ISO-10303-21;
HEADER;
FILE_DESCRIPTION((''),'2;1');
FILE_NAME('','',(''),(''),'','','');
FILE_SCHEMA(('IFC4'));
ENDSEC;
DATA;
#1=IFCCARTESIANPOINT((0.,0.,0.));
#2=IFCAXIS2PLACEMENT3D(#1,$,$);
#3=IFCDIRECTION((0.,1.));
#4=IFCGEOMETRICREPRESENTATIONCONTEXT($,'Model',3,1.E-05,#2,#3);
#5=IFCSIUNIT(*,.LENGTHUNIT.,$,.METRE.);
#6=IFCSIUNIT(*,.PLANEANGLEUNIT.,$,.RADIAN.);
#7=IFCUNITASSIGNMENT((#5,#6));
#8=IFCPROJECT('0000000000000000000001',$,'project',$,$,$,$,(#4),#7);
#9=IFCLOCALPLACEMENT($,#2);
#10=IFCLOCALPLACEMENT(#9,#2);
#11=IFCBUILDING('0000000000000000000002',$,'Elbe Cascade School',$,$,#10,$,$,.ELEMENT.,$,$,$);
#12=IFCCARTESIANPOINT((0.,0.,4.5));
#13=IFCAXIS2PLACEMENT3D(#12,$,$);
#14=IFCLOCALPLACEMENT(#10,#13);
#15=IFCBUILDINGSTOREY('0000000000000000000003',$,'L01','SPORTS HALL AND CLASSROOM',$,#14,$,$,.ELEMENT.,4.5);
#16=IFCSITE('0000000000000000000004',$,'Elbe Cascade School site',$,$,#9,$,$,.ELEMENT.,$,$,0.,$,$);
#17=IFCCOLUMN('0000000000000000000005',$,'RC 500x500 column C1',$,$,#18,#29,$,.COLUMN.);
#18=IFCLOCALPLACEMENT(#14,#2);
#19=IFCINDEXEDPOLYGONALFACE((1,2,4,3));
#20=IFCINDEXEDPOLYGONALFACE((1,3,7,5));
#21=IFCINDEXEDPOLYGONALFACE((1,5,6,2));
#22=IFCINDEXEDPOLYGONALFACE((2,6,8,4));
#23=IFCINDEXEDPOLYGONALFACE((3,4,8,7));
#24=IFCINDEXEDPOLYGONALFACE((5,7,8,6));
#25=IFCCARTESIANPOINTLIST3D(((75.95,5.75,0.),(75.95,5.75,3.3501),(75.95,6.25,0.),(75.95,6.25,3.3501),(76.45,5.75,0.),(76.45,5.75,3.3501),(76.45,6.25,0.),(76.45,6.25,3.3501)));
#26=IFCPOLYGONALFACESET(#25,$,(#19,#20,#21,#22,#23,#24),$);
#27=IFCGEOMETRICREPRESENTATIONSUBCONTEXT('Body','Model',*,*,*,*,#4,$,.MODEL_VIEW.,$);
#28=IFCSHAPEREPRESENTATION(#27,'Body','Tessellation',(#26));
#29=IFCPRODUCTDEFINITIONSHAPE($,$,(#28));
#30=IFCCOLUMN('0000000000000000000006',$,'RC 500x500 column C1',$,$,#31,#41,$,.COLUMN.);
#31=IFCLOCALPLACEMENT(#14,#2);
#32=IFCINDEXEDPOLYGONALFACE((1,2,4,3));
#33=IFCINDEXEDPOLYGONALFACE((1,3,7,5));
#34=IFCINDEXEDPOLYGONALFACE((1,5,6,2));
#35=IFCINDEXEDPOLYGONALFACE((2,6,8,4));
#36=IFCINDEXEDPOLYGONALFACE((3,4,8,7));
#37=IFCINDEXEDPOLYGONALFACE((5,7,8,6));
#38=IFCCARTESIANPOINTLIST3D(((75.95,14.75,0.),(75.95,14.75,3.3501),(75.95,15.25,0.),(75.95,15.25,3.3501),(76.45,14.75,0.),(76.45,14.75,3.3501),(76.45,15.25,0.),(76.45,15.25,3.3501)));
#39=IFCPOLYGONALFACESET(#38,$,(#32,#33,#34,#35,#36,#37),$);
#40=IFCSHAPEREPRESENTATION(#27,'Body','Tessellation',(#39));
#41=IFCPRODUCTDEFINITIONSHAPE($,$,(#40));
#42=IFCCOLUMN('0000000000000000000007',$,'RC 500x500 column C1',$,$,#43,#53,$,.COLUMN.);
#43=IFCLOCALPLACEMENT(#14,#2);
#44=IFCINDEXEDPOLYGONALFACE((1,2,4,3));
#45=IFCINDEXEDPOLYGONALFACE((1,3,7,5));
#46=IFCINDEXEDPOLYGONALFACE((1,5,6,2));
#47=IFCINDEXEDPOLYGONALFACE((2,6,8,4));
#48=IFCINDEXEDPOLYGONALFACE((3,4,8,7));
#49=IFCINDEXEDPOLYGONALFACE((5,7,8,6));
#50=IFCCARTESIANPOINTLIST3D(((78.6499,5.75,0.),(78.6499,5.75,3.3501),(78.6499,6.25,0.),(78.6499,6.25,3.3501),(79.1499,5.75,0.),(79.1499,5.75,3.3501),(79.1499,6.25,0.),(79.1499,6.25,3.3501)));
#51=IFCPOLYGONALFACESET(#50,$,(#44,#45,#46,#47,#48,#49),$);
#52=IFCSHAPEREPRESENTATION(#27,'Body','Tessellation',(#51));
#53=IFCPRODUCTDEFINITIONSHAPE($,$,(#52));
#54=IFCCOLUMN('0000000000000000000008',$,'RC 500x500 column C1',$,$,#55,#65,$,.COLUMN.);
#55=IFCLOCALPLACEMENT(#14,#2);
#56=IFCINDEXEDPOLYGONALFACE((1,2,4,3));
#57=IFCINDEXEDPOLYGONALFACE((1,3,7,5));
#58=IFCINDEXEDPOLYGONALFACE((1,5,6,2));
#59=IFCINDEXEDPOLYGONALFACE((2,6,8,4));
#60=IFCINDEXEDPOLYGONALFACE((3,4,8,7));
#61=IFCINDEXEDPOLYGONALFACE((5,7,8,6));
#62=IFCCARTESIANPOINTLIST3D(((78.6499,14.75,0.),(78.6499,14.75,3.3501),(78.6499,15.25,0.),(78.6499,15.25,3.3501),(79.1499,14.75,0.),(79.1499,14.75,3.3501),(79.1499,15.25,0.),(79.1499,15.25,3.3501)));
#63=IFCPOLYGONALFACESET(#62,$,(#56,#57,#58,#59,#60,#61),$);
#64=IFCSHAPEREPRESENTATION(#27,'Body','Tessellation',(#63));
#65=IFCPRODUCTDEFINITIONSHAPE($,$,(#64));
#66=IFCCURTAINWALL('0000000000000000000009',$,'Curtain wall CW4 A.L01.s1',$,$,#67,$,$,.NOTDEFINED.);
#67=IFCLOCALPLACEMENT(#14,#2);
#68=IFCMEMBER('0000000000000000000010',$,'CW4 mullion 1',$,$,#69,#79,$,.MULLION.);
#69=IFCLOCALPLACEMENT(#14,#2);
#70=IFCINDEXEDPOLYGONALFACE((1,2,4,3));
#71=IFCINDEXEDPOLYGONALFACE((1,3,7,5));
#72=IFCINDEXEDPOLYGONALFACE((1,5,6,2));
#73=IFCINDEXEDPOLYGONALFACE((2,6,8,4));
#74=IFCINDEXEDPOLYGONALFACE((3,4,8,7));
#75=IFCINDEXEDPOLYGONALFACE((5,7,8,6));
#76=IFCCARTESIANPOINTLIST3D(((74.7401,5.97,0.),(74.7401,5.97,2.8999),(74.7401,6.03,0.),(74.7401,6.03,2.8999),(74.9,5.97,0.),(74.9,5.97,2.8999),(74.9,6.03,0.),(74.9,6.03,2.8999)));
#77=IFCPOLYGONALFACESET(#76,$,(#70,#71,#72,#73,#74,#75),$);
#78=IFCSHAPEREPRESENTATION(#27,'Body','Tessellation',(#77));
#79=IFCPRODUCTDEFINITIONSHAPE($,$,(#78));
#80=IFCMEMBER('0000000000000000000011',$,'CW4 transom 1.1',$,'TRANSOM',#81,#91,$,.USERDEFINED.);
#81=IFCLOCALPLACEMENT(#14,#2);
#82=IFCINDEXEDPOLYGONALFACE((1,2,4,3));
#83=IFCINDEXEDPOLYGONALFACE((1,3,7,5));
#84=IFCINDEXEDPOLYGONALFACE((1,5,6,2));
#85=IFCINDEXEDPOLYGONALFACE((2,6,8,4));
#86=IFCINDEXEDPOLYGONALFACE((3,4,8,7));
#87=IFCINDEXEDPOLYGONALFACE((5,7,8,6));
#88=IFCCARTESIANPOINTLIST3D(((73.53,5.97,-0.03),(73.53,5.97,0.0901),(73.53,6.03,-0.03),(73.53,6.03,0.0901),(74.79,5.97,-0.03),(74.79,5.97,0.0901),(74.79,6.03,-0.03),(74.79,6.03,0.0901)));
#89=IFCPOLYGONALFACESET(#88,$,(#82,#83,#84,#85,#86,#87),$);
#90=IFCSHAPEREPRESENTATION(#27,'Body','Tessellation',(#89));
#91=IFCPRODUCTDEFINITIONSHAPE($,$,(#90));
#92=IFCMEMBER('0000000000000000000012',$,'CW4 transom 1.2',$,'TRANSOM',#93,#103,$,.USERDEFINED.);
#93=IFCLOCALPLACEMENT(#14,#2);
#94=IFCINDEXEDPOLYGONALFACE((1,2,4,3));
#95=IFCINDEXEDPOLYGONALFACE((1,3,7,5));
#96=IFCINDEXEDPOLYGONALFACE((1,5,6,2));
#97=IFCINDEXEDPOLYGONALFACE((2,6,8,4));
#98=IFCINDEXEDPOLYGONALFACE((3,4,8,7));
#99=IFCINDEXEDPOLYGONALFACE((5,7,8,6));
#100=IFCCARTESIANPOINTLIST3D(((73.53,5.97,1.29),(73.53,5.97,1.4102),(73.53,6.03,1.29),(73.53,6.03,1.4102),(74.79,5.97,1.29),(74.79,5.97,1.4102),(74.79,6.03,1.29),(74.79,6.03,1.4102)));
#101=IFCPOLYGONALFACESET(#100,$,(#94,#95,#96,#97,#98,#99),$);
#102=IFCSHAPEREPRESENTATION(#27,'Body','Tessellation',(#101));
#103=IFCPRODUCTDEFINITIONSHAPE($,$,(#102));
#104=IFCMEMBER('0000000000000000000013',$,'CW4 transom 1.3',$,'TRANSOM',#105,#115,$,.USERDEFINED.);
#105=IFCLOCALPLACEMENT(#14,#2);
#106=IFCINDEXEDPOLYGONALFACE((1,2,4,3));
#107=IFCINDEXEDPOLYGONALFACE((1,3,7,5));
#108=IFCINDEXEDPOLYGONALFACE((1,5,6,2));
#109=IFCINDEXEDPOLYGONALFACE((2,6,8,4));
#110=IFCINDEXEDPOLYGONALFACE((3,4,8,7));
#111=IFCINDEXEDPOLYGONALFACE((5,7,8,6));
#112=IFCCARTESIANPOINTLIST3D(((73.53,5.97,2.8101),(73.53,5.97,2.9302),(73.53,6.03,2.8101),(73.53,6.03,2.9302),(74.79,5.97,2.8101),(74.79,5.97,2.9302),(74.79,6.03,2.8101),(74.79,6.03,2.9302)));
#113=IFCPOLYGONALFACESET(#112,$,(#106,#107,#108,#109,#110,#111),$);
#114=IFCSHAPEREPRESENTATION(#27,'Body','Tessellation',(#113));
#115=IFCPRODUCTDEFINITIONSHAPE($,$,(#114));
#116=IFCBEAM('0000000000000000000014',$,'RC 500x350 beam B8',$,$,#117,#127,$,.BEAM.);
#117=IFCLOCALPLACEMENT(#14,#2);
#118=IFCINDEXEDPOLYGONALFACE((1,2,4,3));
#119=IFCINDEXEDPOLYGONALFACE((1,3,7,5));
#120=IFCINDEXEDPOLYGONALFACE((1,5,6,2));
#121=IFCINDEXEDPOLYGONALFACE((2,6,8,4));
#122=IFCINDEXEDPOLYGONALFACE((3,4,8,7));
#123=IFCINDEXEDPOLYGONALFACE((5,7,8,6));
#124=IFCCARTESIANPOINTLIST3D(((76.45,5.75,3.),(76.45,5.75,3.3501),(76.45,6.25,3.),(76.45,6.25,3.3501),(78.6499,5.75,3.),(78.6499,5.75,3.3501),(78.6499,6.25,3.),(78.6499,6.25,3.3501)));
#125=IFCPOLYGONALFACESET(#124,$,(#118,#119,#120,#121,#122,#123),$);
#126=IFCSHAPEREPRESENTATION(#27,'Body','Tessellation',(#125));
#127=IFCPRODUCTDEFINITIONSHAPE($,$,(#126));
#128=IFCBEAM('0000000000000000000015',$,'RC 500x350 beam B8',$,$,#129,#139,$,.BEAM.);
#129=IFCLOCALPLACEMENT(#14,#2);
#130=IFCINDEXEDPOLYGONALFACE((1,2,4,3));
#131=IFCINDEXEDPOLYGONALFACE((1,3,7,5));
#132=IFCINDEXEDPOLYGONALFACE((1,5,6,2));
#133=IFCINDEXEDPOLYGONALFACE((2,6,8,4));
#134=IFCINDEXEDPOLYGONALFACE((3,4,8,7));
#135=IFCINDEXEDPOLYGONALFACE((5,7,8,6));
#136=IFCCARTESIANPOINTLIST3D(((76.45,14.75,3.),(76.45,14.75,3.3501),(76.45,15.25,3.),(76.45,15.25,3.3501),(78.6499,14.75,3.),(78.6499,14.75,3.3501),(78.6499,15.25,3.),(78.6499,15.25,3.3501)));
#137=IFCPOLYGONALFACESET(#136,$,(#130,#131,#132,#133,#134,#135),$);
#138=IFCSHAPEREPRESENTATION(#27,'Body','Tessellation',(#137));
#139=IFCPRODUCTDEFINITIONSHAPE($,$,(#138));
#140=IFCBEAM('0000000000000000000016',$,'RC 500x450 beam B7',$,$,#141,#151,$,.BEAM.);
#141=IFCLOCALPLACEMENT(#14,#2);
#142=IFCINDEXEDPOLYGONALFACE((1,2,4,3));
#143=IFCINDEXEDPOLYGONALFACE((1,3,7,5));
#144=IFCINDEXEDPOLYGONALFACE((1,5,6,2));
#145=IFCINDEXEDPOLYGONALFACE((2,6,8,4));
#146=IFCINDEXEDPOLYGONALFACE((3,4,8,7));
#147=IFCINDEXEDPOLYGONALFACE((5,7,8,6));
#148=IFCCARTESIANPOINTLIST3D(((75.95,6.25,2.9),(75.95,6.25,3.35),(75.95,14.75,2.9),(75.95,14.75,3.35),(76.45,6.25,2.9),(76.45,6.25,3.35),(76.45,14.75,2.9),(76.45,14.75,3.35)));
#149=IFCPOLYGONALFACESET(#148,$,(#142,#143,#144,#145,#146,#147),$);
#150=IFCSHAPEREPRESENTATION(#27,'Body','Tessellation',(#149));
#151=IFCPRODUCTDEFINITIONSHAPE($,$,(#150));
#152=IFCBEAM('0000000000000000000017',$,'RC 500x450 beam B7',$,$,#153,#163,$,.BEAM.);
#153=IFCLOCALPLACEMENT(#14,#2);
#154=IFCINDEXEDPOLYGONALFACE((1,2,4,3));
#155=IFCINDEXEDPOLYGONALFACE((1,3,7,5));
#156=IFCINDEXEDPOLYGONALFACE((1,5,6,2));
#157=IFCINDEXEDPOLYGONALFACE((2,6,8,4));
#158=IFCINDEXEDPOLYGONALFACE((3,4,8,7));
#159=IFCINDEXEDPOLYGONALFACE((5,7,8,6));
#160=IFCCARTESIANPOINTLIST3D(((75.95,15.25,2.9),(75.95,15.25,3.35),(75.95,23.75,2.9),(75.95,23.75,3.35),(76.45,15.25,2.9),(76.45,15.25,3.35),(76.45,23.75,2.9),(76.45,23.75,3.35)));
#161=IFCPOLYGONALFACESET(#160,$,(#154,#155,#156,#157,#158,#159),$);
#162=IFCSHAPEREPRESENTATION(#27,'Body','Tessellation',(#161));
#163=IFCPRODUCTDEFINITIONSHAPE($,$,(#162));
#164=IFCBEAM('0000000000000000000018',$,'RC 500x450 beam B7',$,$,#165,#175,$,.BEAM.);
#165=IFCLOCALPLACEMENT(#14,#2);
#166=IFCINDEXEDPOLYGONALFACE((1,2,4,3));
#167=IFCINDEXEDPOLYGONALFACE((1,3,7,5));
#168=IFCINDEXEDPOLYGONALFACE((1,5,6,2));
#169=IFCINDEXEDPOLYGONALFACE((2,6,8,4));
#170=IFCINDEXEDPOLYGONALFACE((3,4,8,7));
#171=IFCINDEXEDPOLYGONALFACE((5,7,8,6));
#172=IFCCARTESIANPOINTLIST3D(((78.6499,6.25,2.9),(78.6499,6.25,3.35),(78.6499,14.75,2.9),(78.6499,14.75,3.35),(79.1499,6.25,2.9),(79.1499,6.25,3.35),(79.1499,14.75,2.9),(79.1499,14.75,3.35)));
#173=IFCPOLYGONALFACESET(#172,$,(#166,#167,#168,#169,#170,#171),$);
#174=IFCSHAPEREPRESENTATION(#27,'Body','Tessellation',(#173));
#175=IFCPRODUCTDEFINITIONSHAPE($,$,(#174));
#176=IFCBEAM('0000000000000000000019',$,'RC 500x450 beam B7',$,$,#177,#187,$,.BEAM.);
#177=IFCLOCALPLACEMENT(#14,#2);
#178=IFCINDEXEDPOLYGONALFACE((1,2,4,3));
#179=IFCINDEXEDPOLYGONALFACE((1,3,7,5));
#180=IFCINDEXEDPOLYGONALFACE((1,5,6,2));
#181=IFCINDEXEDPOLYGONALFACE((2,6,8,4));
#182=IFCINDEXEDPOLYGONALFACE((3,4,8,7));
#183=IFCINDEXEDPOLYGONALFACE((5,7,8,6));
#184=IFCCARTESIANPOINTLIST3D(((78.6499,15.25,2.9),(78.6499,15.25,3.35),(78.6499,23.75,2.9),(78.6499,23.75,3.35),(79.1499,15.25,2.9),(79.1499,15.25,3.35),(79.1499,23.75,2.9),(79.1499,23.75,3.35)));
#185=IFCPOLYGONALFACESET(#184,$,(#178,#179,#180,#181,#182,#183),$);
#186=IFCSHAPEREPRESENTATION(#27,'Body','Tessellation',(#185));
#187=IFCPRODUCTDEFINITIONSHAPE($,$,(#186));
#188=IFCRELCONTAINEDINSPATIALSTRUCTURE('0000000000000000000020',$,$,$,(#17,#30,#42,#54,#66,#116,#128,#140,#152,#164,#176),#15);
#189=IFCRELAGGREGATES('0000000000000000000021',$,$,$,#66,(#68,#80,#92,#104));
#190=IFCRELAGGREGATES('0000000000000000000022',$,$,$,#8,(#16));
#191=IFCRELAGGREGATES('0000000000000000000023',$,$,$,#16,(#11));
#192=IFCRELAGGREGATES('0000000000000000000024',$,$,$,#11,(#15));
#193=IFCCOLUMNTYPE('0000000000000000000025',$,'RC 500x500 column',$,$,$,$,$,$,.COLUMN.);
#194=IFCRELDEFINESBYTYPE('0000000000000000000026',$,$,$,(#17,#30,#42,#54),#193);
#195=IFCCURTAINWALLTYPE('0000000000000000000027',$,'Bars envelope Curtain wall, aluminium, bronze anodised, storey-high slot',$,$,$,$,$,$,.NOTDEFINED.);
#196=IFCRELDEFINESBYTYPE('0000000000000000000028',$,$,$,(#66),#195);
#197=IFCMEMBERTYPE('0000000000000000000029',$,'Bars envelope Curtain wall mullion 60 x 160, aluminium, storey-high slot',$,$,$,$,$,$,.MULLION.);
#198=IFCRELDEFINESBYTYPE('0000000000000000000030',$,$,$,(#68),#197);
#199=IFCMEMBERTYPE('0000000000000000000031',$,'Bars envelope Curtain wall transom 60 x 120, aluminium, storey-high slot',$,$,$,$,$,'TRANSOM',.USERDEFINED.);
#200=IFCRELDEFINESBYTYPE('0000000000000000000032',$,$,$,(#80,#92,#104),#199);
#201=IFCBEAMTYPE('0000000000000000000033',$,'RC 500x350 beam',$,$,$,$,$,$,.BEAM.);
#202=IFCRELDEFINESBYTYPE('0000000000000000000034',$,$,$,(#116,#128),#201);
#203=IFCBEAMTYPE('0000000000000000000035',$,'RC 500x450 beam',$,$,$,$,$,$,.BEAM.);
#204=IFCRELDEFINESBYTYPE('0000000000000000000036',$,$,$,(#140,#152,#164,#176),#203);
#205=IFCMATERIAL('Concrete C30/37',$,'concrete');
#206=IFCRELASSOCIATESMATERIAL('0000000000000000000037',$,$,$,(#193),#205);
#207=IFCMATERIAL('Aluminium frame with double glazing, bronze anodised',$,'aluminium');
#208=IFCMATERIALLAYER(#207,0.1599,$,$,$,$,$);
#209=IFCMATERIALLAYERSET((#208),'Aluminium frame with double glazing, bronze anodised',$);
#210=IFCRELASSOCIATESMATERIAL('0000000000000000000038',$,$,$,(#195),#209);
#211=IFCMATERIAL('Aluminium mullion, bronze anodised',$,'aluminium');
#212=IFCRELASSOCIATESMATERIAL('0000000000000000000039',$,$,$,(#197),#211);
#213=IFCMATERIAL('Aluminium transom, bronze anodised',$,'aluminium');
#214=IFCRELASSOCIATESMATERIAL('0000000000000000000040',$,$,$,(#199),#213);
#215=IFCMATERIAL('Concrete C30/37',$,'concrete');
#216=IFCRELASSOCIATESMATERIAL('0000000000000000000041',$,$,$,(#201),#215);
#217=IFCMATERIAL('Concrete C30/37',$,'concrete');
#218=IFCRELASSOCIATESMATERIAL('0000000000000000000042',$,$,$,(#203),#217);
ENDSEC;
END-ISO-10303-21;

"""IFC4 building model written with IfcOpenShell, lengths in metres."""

from ifc_helpers import new_model, si_unit, direction, frame, origin, origin_2d, place, context, subcontext, project, spatial, rectangle, extrude, material, layer, layer_set, material_profile, profile_set, type_object, element, aggregate, save


model = new_model("IFC4")

# Units and contexts
model_context = context("Model", 3, precision=1e-05, world=origin(), true_north=direction((0.0, 1.0)))
body_context = subcontext(model_context, "Body", "Model", "MODEL_VIEW")
ifc_project = project(units=[si_unit("LENGTHUNIT", "METRE"), si_unit("PLANEANGLEUNIT", "RADIAN")], contexts=[model_context])

# Site, building, storey
site_placement = place(None, origin())
site = spatial("IfcSite", under=ifc_project, at=site_placement, Name="Elbe Cascade School site", CompositionType="ELEMENT", RefElevation=0.0)
building_placement = place(site_placement, origin())
building = spatial("IfcBuilding", under=site, at=building_placement, Name="Elbe Cascade School", CompositionType="ELEMENT")
storey_placement = place(building_placement, frame((0.0, 0.0, 4.5)))
storey = spatial("IfcBuildingStorey", under=building, at=storey_placement, Name="L01", Description="SPORTS HALL AND CLASSROOM", CompositionType="ELEMENT", Elevation=4.5)

# Columns
ifc_material_1 = material(Name="Concrete C30/37", Category="concrete")
ifc_material_profile_1 = material_profile(ifc_material_1, rectangle(XDim=0.5, YDim=0.5, at=origin_2d()), Name="RC 500x500")
ifc_profile_set_1 = profile_set([ifc_material_profile_1], Name="Concrete C30/37")
column_type = type_object("IfcColumnType", Name="RC 500x500 column", PredefinedType="COLUMN", material=ifc_profile_set_1)
for number, where, z_axis, x_axis, name in (
    (1, (76.2, 6.0, 0.0), (0.0, 0.0, 1.0), (1.0, 0.0, 0.0), "RC 500x500 column C1"),
    (2, (76.2, 15.0, 0.0), (0.0, 0.0, 1.0), (1.0, 0.0, 0.0), "RC 500x500 column C1"),
    (3, (78.8999, 6.0, 0.0), (0.0, 0.0, 1.0), (1.0, 0.0, 0.0), "RC 500x500 column C1"),
    (4, (78.8999, 15.0, 0.0), (0.0, 0.0, 1.0), (1.0, 0.0, 0.0), "RC 500x500 column C1"),
):
    element("IfcColumn", number, at=place(storey_placement, frame(where, z_axis=z_axis, x_axis=x_axis)), inside=storey, type_object=column_type, Name=name, PredefinedType="COLUMN", context=body_context, shape_type="SweptSolid", body=[
        extrude(rectangle(XDim=0.5, YDim=0.5, at=origin_2d()), origin(), (0.0, 0.0, 1.0), 3.3501),
    ])

# Curtain wall, members
ifc_material_2 = material(Name="Aluminium frame with double glazing, bronze anodised", Category="aluminium")
ifc_layer_1 = layer(ifc_material_2, 0.1599)
ifc_layer_set_1 = layer_set([ifc_layer_1], Name="Aluminium frame with double glazing, bronze anodised")
curtain_wall_type = type_object("IfcCurtainWallType", Name="Bars envelope Curtain wall, aluminium, bronze anodised, storey-high slot", PredefinedType="NOTDEFINED", material=ifc_layer_set_1)
curtain_wall_placement = place(storey_placement, origin())
curtain_wall = element("IfcCurtainWall", 5, at=curtain_wall_placement, inside=storey, type_object=curtain_wall_type, Name="Curtain wall CW4 A.L01.s1", PredefinedType="NOTDEFINED")
ifc_material_3 = material(Name="Aluminium mullion, bronze anodised", Category="aluminium")
ifc_material_profile_2 = material_profile(ifc_material_3, rectangle(XDim=0.0601, YDim=0.1599, at=origin_2d()), Name="Bars envelope Curtain wall mullion 60 x 160, aluminium, storey-high slot")
ifc_profile_set_2 = profile_set([ifc_material_profile_2], Name="Aluminium mullion, bronze anodised")
member_type_1 = type_object("IfcMemberType", Name="Bars envelope Curtain wall mullion 60 x 160, aluminium, storey-high slot", PredefinedType="MULLION", material=ifc_profile_set_2)
member_1_placement = place(storey_placement, frame((74.8201, 6.0, 0.0), z_axis=(0.0, 0.0, 1.0), x_axis=(0.0, -1.0, 0.0)))
member_1 = element("IfcMember", 6, at=member_1_placement, type_object=member_type_1, Name="CW4 mullion 1", PredefinedType="MULLION", context=body_context, shape_type="SweptSolid", body=[
    extrude(rectangle(XDim=0.0601, YDim=0.1599, at=origin_2d()), origin(), (0.0, 0.0, 1.0), 2.8999),
])
ifc_material_4 = material(Name="Aluminium transom, bronze anodised", Category="aluminium")
ifc_material_profile_3 = material_profile(ifc_material_4, rectangle(XDim=0.0601, YDim=0.1201, at=origin_2d()), Name="Bars envelope Curtain wall transom 60 x 120, aluminium, storey-high slot")
ifc_profile_set_3 = profile_set([ifc_material_profile_3], Name="Aluminium transom, bronze anodised")
member_type_2 = type_object("IfcMemberType", Name="Bars envelope Curtain wall transom 60 x 120, aluminium, storey-high slot", ElementType="TRANSOM", PredefinedType="USERDEFINED", material=ifc_profile_set_3)
member_2_placement = place(storey_placement, frame((74.79, 6.0, 0.03), z_axis=(-1.0, 0.0, 0.0), x_axis=(0.0, -1.0, 0.0)))
member_2 = element("IfcMember", 7, at=member_2_placement, type_object=member_type_2, Name="CW4 transom 1.1", ObjectType="TRANSOM", PredefinedType="USERDEFINED", context=body_context, shape_type="SweptSolid", body=[
    extrude(rectangle(XDim=0.0601, YDim=0.1201, at=origin_2d()), origin(), (0.0, 0.0, 1.0), 1.26),
])
member_3_placement = place(storey_placement, frame((74.79, 6.0, 1.3501), z_axis=(-1.0, 0.0, 0.0), x_axis=(0.0, -1.0, 0.0)))
member_3 = element("IfcMember", 8, at=member_3_placement, type_object=member_type_2, Name="CW4 transom 1.2", ObjectType="TRANSOM", PredefinedType="USERDEFINED", context=body_context, shape_type="SweptSolid", body=[
    extrude(rectangle(XDim=0.0601, YDim=0.1201, at=origin_2d()), origin(), (0.0, 0.0, 1.0), 1.26),
])
member_4_placement = place(storey_placement, frame((74.79, 6.0, 2.8701), z_axis=(-1.0, 0.0, 0.0), x_axis=(0.0, -1.0, 0.0)))
member_4 = element("IfcMember", 9, at=member_4_placement, type_object=member_type_2, Name="CW4 transom 1.3", ObjectType="TRANSOM", PredefinedType="USERDEFINED", context=body_context, shape_type="SweptSolid", body=[
    extrude(rectangle(XDim=0.0601, YDim=0.1201, at=origin_2d()), origin(), (0.0, 0.0, 1.0), 1.26),
])
aggregate(curtain_wall, [member_1, member_2, member_3, member_4])

# Beams
ifc_material_5 = material(Name="Concrete C30/37", Category="concrete")
ifc_material_profile_4 = material_profile(ifc_material_5, rectangle(XDim=0.5, YDim=0.3501, at=origin_2d()), Name="RC 500x350")
ifc_profile_set_4 = profile_set([ifc_material_profile_4], Name="Concrete C30/37")
beam_type_1 = type_object("IfcBeamType", Name="RC 500x350 beam", PredefinedType="BEAM", material=ifc_profile_set_4)
for number, where, z_axis, x_axis, name in (
    (10, (76.45, 6.0, 3.175), (1.0, 0.0, 0.0), (0.0, 1.0, 0.0), "RC 500x350 beam B8"),
    (11, (76.45, 15.0, 3.175), (1.0, 0.0, 0.0), (0.0, 1.0, 0.0), "RC 500x350 beam B8"),
):
    element("IfcBeam", number, at=place(storey_placement, frame(where, z_axis=z_axis, x_axis=x_axis)), inside=storey, type_object=beam_type_1, Name=name, PredefinedType="BEAM", context=body_context, shape_type="SweptSolid", body=[
        extrude(rectangle(XDim=0.5, YDim=0.3501, at=origin_2d()), origin(), (0.0, 0.0, 1.0), 2.2),
    ])
ifc_material_6 = material(Name="Concrete C30/37", Category="concrete")
ifc_material_profile_5 = material_profile(ifc_material_6, rectangle(XDim=0.5, YDim=0.45, at=origin_2d()), Name="RC 500x450")
ifc_profile_set_5 = profile_set([ifc_material_profile_5], Name="Concrete C30/37")
beam_type_2 = type_object("IfcBeamType", Name="RC 500x450 beam", PredefinedType="BEAM", material=ifc_profile_set_5)
for number, where, z_axis, x_axis, name in (
    (12, (76.2, 6.25, 3.125), (0.0, 1.0, 0.0), (-1.0, 0.0, 0.0), "RC 500x450 beam B7"),
    (13, (76.2, 15.25, 3.125), (0.0, 1.0, 0.0), (-1.0, 0.0, 0.0), "RC 500x450 beam B7"),
    (14, (78.8999, 6.25, 3.125), (0.0, 1.0, 0.0), (-1.0, 0.0, 0.0), "RC 500x450 beam B7"),
    (15, (78.8999, 15.25, 3.125), (0.0, 1.0, 0.0), (-1.0, 0.0, 0.0), "RC 500x450 beam B7"),
):
    element("IfcBeam", number, at=place(storey_placement, frame(where, z_axis=z_axis, x_axis=x_axis)), inside=storey, type_object=beam_type_2, Name=name, PredefinedType="BEAM", context=body_context, shape_type="SweptSolid", body=[
        extrude(rectangle(XDim=0.5, YDim=0.45, at=origin_2d()), origin(), (0.0, 0.0, 1.0), 8.5),
    ])

save(model, "model.ifc")
